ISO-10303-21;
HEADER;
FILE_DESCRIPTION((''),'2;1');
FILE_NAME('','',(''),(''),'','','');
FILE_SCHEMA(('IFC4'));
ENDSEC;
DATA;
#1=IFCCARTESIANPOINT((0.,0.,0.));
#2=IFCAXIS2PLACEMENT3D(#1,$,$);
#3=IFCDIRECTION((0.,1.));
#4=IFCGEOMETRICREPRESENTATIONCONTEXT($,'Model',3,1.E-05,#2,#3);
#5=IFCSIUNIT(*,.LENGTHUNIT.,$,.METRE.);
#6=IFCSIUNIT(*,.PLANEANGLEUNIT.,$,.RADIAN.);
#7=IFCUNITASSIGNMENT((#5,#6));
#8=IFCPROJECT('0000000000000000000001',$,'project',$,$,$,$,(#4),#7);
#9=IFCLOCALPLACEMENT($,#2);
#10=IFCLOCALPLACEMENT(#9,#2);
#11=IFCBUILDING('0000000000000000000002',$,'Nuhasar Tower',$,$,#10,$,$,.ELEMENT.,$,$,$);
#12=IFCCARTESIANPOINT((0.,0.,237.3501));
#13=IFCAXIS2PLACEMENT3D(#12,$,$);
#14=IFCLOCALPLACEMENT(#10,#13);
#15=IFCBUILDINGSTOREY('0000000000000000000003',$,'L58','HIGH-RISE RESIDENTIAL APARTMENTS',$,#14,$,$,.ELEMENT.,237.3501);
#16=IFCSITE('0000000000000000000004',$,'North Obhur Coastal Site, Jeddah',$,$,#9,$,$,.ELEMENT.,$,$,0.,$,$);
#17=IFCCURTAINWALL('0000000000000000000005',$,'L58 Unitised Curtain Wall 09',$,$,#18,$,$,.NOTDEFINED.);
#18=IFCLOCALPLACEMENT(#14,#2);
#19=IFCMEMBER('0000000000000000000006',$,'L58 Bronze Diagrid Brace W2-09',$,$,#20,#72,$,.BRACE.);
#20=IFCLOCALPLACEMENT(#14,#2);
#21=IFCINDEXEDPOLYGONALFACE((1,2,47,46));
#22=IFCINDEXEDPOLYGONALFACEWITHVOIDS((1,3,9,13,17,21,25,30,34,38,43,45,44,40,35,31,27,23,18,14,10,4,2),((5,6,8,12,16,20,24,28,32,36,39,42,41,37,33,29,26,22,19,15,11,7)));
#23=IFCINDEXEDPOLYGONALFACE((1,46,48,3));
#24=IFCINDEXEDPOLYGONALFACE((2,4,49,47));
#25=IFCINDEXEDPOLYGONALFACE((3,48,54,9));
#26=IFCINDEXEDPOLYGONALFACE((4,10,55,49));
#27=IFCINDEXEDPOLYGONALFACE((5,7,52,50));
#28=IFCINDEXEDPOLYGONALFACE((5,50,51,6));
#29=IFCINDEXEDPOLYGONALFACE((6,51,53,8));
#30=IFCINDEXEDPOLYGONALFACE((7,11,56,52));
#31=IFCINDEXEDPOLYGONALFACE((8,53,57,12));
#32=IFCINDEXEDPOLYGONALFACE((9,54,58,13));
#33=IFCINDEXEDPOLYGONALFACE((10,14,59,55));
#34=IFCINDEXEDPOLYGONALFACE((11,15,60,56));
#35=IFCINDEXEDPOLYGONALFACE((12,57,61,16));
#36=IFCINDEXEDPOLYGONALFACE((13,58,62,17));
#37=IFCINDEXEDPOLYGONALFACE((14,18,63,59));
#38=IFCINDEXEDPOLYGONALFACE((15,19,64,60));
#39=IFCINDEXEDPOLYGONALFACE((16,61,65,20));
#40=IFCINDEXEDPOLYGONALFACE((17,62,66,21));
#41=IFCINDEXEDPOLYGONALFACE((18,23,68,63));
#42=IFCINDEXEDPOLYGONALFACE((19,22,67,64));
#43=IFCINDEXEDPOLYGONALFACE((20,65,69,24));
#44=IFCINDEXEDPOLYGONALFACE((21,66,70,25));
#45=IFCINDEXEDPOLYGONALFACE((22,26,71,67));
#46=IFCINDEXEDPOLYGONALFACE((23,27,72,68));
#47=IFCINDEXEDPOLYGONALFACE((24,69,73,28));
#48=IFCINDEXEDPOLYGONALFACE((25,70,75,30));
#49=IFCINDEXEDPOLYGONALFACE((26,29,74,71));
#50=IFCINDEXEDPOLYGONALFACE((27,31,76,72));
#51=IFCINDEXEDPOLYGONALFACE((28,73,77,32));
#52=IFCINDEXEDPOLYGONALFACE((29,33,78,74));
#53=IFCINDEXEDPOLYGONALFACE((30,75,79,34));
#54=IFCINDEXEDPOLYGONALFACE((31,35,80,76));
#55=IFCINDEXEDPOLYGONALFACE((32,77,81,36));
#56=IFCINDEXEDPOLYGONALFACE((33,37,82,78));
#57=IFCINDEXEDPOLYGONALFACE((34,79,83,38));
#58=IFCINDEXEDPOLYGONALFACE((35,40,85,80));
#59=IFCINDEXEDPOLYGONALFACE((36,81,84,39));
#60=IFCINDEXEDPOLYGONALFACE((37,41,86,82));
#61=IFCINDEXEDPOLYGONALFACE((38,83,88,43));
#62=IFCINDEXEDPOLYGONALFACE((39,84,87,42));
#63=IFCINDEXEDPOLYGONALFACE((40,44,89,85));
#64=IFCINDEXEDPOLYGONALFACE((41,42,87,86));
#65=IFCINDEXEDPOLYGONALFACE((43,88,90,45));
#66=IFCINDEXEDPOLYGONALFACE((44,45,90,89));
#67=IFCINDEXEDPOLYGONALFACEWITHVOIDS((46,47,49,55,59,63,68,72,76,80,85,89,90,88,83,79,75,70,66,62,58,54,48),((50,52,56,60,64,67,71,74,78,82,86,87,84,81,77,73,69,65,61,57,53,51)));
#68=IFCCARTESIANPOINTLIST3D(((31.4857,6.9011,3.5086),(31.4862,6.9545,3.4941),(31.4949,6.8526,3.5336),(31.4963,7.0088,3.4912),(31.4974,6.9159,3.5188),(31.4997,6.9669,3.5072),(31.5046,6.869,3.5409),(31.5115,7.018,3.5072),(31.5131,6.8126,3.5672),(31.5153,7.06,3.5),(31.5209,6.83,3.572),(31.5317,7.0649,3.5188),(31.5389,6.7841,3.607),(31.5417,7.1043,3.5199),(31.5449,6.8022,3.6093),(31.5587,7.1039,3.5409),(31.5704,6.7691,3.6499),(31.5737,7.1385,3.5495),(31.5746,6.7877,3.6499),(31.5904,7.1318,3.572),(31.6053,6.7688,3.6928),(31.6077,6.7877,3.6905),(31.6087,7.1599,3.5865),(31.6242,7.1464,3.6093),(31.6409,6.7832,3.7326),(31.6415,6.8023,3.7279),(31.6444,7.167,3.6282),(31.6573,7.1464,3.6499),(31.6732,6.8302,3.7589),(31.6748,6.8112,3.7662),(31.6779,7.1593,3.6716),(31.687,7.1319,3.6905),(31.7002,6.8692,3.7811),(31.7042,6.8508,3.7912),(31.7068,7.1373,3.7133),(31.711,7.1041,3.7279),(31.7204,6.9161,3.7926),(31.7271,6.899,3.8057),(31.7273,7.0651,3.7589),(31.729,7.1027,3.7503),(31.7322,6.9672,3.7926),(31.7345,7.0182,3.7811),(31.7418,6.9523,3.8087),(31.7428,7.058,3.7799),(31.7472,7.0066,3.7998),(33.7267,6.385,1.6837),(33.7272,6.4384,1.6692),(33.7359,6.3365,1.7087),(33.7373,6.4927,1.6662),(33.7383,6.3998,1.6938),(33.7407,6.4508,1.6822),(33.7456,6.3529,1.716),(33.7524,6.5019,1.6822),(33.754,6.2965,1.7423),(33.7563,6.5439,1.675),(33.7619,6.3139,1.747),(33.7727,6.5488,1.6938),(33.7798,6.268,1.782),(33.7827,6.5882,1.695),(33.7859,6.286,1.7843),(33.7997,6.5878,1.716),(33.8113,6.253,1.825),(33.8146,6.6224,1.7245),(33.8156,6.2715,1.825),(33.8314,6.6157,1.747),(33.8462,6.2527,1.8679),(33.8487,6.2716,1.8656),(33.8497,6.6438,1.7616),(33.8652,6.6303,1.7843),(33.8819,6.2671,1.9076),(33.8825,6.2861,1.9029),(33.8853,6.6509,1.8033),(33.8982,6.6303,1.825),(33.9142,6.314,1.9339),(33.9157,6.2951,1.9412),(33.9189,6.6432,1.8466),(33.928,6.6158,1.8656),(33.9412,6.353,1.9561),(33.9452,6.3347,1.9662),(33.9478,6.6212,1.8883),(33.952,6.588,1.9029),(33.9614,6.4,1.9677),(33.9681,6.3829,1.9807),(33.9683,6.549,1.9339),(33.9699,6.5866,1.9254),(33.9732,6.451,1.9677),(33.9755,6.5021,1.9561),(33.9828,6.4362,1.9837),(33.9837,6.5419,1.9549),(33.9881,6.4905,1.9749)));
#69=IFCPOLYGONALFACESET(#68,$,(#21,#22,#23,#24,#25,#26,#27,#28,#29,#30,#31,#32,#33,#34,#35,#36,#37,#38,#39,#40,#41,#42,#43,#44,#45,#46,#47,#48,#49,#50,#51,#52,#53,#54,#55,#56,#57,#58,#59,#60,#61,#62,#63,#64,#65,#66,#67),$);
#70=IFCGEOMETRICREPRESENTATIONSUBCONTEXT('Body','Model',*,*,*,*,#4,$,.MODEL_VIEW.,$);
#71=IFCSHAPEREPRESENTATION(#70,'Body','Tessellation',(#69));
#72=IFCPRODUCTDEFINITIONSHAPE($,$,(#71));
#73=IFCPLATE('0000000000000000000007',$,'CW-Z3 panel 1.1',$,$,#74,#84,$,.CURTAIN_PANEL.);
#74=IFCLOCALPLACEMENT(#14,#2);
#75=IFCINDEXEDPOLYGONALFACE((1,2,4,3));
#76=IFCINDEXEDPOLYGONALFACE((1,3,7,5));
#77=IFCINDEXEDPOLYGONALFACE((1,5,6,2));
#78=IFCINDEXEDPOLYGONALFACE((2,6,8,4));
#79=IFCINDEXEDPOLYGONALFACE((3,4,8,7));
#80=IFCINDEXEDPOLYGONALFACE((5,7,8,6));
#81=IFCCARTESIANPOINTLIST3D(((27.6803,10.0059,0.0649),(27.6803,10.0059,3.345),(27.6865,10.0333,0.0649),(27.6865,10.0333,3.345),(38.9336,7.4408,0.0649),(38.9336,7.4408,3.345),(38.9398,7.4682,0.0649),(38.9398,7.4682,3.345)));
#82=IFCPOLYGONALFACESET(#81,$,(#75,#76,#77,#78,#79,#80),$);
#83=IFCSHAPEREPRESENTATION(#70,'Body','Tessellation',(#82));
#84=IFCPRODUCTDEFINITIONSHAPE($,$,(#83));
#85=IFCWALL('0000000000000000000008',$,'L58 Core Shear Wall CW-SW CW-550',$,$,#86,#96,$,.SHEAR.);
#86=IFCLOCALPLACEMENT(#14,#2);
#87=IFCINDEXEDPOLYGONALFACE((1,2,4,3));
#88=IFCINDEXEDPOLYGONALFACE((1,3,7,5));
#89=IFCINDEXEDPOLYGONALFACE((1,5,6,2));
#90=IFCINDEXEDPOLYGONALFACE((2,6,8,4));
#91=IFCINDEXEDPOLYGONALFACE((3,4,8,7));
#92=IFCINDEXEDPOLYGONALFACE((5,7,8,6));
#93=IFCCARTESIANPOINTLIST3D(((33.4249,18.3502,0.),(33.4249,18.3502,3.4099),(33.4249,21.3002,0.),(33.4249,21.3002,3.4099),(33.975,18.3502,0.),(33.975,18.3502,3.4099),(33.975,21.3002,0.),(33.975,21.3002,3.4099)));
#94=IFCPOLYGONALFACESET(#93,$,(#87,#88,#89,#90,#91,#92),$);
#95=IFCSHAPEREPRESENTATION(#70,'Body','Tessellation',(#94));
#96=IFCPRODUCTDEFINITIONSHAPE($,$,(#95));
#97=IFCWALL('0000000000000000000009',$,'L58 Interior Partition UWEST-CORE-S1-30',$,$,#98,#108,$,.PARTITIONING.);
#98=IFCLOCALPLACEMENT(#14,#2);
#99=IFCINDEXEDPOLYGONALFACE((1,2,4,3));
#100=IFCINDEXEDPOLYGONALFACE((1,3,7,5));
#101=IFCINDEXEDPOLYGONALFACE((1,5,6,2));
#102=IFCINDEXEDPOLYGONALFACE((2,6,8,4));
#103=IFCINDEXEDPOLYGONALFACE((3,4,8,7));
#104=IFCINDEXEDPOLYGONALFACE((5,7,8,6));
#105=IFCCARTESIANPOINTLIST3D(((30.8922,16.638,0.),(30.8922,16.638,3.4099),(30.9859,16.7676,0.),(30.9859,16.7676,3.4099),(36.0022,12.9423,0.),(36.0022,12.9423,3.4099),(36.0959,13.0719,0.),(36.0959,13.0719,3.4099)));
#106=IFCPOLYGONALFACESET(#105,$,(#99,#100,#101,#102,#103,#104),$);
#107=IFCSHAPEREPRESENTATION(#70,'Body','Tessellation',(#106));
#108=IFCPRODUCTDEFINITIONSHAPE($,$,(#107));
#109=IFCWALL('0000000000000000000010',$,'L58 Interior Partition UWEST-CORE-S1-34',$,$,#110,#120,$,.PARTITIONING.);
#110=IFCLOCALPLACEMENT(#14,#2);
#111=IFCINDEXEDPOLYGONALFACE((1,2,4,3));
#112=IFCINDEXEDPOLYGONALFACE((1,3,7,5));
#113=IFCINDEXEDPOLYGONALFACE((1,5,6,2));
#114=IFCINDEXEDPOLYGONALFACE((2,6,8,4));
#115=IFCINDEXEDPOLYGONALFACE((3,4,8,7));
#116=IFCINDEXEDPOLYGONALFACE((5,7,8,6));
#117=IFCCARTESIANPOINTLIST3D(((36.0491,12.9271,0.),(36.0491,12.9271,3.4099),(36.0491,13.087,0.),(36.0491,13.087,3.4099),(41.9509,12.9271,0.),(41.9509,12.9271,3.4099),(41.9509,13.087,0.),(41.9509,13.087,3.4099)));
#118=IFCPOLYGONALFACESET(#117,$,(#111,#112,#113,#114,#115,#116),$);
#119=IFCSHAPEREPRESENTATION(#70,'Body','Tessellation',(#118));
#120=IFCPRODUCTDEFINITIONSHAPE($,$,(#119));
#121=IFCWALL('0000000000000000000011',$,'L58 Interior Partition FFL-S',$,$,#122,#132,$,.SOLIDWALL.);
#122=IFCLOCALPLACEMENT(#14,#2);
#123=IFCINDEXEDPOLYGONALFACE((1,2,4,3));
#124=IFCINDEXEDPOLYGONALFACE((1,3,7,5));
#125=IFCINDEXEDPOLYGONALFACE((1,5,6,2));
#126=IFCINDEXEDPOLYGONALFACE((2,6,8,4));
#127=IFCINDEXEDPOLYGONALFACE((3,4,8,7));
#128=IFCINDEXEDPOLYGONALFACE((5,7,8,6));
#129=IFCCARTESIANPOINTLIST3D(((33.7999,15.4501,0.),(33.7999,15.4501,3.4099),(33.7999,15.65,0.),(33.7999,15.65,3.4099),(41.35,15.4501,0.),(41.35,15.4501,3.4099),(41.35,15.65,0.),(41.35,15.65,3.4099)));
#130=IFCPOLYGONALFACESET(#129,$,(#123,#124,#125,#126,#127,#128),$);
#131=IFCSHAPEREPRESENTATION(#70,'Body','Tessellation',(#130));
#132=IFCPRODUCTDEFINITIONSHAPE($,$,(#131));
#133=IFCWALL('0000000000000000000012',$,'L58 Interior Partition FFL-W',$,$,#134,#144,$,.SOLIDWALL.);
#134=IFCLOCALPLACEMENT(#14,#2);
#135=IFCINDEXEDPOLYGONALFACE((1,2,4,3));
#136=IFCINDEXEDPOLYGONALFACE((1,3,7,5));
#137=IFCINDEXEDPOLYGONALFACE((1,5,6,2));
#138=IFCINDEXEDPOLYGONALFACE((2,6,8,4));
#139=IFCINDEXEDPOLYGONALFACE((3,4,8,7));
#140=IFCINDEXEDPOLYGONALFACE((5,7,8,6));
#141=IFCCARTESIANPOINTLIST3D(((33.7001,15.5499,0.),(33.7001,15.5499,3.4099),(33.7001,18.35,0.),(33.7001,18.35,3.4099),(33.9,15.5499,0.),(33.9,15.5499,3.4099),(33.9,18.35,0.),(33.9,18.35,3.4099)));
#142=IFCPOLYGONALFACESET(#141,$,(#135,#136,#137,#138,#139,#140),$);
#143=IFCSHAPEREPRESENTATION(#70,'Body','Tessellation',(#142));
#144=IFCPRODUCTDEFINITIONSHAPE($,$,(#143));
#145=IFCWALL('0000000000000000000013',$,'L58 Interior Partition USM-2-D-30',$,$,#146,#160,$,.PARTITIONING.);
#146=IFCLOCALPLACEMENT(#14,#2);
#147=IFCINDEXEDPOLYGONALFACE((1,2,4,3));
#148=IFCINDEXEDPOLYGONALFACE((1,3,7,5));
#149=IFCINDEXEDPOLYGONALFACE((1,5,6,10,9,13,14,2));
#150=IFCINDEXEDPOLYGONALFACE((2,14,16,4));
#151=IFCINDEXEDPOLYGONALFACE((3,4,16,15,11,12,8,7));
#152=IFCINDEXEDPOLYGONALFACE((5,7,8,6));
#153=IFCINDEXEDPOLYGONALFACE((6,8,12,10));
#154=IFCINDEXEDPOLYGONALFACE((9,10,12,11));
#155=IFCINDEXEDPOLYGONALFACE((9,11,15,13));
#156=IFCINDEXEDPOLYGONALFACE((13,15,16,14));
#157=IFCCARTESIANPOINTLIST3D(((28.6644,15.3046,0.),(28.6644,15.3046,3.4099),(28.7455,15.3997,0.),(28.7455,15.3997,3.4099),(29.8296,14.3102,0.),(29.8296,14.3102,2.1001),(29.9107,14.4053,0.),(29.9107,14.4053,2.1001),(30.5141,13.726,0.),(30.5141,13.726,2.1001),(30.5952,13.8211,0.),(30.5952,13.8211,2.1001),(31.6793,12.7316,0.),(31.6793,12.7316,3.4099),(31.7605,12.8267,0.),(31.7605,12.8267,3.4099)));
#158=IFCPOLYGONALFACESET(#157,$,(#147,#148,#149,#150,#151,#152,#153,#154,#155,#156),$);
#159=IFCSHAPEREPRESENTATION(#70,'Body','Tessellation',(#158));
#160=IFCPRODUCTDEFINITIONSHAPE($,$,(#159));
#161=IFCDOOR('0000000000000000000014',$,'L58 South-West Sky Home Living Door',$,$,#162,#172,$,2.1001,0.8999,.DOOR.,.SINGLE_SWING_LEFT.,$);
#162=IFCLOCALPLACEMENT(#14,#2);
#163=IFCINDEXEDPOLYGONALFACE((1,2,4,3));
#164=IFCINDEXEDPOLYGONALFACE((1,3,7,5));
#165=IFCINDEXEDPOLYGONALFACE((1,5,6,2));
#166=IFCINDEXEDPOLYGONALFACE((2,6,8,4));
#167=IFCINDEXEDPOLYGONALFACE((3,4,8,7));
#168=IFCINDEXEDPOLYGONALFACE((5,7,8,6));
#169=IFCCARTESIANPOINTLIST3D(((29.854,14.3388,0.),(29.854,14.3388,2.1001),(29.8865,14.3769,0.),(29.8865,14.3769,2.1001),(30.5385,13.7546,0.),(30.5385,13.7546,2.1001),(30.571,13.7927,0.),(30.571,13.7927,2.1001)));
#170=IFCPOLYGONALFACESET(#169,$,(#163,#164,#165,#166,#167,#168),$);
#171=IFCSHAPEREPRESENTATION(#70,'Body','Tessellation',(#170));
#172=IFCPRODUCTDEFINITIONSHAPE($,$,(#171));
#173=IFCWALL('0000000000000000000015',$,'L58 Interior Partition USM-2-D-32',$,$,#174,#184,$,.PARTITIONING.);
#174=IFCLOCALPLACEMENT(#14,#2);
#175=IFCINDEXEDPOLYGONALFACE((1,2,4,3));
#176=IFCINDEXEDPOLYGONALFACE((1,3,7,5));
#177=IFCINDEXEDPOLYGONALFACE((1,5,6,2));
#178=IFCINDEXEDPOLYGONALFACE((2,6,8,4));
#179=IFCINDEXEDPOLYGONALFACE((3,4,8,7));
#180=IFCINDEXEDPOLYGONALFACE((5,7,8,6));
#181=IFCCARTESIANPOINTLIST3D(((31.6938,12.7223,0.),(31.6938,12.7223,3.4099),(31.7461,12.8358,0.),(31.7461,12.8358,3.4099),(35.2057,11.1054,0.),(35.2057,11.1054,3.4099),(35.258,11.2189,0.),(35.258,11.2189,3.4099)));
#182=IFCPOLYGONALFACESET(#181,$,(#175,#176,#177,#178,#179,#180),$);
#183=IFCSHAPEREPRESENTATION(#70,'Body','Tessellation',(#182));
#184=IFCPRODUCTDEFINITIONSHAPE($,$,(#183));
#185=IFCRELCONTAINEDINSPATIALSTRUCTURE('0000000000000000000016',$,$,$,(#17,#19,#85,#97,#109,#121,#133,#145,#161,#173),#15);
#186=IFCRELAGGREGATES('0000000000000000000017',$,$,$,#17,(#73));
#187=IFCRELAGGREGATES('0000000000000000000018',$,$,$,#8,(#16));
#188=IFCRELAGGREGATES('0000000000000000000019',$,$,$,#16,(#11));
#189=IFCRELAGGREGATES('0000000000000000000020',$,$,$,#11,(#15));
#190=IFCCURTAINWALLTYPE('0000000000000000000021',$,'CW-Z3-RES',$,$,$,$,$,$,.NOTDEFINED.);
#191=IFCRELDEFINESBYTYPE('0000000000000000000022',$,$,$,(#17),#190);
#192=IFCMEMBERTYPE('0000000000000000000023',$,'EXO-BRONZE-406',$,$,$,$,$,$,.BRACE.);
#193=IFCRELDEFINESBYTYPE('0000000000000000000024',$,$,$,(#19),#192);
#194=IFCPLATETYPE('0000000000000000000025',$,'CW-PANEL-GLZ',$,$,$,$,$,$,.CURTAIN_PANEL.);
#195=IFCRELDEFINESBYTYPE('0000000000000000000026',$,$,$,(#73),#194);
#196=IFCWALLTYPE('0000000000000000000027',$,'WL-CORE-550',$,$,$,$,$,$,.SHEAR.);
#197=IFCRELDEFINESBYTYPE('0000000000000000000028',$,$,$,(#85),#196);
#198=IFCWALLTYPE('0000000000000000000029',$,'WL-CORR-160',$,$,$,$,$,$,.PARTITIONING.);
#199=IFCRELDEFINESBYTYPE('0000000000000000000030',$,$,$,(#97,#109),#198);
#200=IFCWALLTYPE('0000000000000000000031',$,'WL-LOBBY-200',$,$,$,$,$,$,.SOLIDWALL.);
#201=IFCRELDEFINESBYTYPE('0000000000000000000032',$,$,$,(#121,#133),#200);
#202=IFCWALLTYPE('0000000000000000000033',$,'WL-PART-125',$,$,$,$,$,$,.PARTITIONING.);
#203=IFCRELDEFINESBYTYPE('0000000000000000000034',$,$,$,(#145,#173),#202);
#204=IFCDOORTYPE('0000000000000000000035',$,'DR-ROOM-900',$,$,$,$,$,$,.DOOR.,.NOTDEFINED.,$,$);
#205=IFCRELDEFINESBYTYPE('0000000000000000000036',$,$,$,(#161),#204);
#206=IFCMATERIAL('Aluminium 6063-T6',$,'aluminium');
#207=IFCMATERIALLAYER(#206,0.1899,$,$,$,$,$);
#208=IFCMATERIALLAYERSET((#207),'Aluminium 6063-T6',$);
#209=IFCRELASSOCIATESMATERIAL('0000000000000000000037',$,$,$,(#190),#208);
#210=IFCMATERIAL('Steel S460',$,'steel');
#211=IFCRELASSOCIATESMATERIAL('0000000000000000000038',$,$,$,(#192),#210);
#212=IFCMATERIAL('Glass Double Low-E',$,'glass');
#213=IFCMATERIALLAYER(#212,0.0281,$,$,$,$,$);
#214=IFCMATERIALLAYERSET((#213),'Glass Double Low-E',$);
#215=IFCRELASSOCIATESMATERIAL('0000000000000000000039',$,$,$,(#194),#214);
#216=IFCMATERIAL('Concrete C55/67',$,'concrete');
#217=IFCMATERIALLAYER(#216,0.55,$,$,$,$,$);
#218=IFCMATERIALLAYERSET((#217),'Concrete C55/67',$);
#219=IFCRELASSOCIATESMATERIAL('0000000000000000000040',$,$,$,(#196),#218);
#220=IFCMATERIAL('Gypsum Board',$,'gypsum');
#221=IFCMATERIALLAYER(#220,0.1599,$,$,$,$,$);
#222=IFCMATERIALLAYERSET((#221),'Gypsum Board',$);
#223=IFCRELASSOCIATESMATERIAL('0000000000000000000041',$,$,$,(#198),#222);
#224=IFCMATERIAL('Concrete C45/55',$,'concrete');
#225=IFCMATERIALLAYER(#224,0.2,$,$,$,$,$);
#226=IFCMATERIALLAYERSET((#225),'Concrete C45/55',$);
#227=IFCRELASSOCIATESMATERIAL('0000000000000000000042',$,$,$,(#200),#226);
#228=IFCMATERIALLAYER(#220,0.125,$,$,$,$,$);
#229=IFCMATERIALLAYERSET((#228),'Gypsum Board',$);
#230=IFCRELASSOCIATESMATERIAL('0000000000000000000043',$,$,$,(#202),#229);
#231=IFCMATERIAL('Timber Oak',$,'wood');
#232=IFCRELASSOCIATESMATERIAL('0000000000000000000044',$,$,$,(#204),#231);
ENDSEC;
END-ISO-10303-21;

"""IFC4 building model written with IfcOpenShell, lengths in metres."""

from ifc_helpers import new_model, si_unit, direction, frame, frame_2d, origin, origin_2d, place, context, subcontext, project, spatial, rectangle, hollow_circle, extrude, material, layer, layer_set, material_profile, profile_set, type_object, element, fill, aggregate, save


model = new_model("IFC4")

# Units and contexts
model_context = context("Model", 3, precision=1e-05, world=origin(), true_north=direction((0.0, 1.0)))
body_context = subcontext(model_context, "Body", "Model", "MODEL_VIEW")
ifc_project = project(units=[si_unit("LENGTHUNIT", "METRE"), si_unit("PLANEANGLEUNIT", "RADIAN")], contexts=[model_context])

# Site, building, storey
site_placement = place(None, origin())
site = spatial("IfcSite", under=ifc_project, at=site_placement, Name="North Obhur Coastal Site, Jeddah", CompositionType="ELEMENT", RefElevation=0.0)
building_placement = place(site_placement, origin())
building = spatial("IfcBuilding", under=site, at=building_placement, Name="Nuhasar Tower", CompositionType="ELEMENT")
storey_placement = place(building_placement, frame((0.0, 0.0, 237.3501)))
storey = spatial("IfcBuildingStorey", under=building, at=storey_placement, Name="L58", Description="HIGH-RISE RESIDENTIAL APARTMENTS", CompositionType="ELEMENT", Elevation=237.3501)

# Shared definitions
ifc_material_1 = material(Name="Concrete C55/67", Category="concrete")

# Curtain wall
ifc_material_2 = material(Name="Aluminium 6063-T6", Category="aluminium")
ifc_layer_1 = layer(ifc_material_2, 0.1899)
ifc_layer_set_1 = layer_set([ifc_layer_1], Name="Aluminium 6063-T6")
curtain_wall_type = type_object("IfcCurtainWallType", Name="CW-Z3-RES", PredefinedType="NOTDEFINED", material=ifc_layer_set_1)
curtain_wall_placement = place(storey_placement, origin())
curtain_wall = element("IfcCurtainWall", 1, at=curtain_wall_placement, inside=storey, type_object=curtain_wall_type, Name="L58 Unitised Curtain Wall 09", PredefinedType="NOTDEFINED")

# Member
ifc_material_3 = material(Name="Steel S460", Category="steel")
ifc_material_profile_1 = material_profile(ifc_material_3, hollow_circle(Radius=0.2031, WallThickness=0.019, at=origin_2d()), Name="HSS406.4X19.1")
ifc_profile_set_1 = profile_set([ifc_material_profile_1], Name="Steel S460")
member_type_1 = type_object("IfcMemberType", Name="EXO-BRONZE-406", PredefinedType="BRACE", material=ifc_profile_set_1)
for number, where, z_axis, x_axis, name in (
    (2, (33.8569, 6.4509, 1.825), (-0.763332, 0.175802, 0.621626), (-0.224433, -0.97449, 0.0), "L58 Bronze Diagrid Brace W2-09"),
):
    element("IfcMember", number, at=place(storey_placement, frame(where, z_axis=z_axis, x_axis=x_axis)), inside=storey, type_object=member_type_1, Name=name, PredefinedType="BRACE", context=body_context, shape_type="SweptSolid", body=[
        extrude(hollow_circle(Radius=0.2031, WallThickness=0.019, at=origin_2d()), origin(), (0.0, 0.0, 1.0), 2.9358),
    ])

# Plate
ifc_material_4 = material(Name="Glass Double Low-E", Category="glass")
ifc_layer_2 = layer(ifc_material_4, 0.0281)
ifc_layer_set_2 = layer_set([ifc_layer_2], Name="Glass Double Low-E")
plate_type = type_object("IfcPlateType", Name="CW-PANEL-GLZ", PredefinedType="CURTAIN_PANEL", material=ifc_layer_set_2)
plate_placement = place(storey_placement, frame((33.3101, 8.7371, 0.0649), z_axis=(0.0, 0.0, 1.0), x_axis=(0.974991, -0.222243, 0.0)))
plate = element("IfcPlate", 3, at=plate_placement, type_object=plate_type, Name="CW-Z3 panel 1.1", PredefinedType="CURTAIN_PANEL", context=body_context, shape_type="SweptSolid", body=[
    extrude(rectangle(XDim=11.542, YDim=0.0281, at=origin_2d()), origin(), (0.0, 0.0, 1.0), 3.28),
])
aggregate(curtain_wall, [plate])

# Walls
ifc_layer_3 = layer(ifc_material_1, 0.55)
ifc_layer_set_3 = layer_set([ifc_layer_3], Name="Concrete C55/67")
wall_type_1 = type_object("IfcWallType", Name="WL-CORE-550", PredefinedType="SHEAR", material=ifc_layer_set_3)
wall_1_placement = place(storey_placement, frame((33.7, 18.3501, 0.0), z_axis=(0.0, 0.0, 1.0), x_axis=(0.0, 1.0, 0.0)))
element("IfcWall", 4, at=wall_1_placement, inside=storey, type_object=wall_type_1, Name="L58 Core Shear Wall CW-SW CW-550", PredefinedType="SHEAR", context=body_context, shape_type="SweptSolid", body=[
    extrude(rectangle(XDim=2.95, YDim=0.55, at=frame_2d((1.4751, 0.0))), origin(), (0.0, 0.0, 1.0), 3.4099),
])
ifc_material_5 = material(Name="Gypsum Board", Category="gypsum")
ifc_layer_4 = layer(ifc_material_5, 0.1599)
ifc_layer_set_4 = layer_set([ifc_layer_4], Name="Gypsum Board")
wall_type_2 = type_object("IfcWallType", Name="WL-CORR-160", PredefinedType="PARTITIONING", material=ifc_layer_set_4)
wall_2_placement = place(storey_placement, frame((30.939, 16.7029, 0.0), z_axis=(0.0, 0.0, 1.0), x_axis=(0.81029, -0.586029, 0.0)))
element("IfcWall", 5, at=wall_2_placement, inside=storey, type_object=wall_type_2, Name="L58 Interior Partition UWEST-CORE-S1-30", PredefinedType="PARTITIONING", context=body_context, shape_type="SweptSolid", body=[
    extrude(rectangle(XDim=6.3064, YDim=0.1599, at=frame_2d((3.1533, 0.0))), origin(), (0.0, 0.0, 1.0), 3.4099),
])
wall_3_placement = place(storey_placement, frame((36.0491, 13.0071, 0.0), z_axis=(0.0, 0.0, 1.0), x_axis=(1.0, 0.0, 0.0)))
element("IfcWall", 6, at=wall_3_placement, inside=storey, type_object=wall_type_2, Name="L58 Interior Partition UWEST-CORE-S1-34", PredefinedType="PARTITIONING", context=body_context, shape_type="SweptSolid", body=[
    extrude(rectangle(XDim=5.9019, YDim=0.1599, at=frame_2d((2.9509, 0.0))), origin(), (0.0, 0.0, 1.0), 3.4099),
])
ifc_material_6 = material(Name="Concrete C45/55", Category="concrete")
ifc_layer_5 = layer(ifc_material_6, 0.2)
ifc_layer_set_5 = layer_set([ifc_layer_5], Name="Concrete C45/55")
wall_type_3 = type_object("IfcWallType", Name="WL-LOBBY-200", PredefinedType="SOLIDWALL", material=ifc_layer_set_5)
wall_4_placement = place(storey_placement, frame((33.8, 15.55, 0.0), z_axis=(0.0, 0.0, 1.0), x_axis=(1.0, 0.0, 0.0)))
element("IfcWall", 7, at=wall_4_placement, inside=storey, type_object=wall_type_3, Name="L58 Interior Partition FFL-S", PredefinedType="SOLIDWALL", context=body_context, shape_type="SweptSolid", body=[
    extrude(rectangle(XDim=7.55, YDim=0.2, at=frame_2d((3.7749, 0.0))), origin(), (0.0, 0.0, 1.0), 3.4099),
])
wall_5_placement = place(storey_placement, frame((33.8, 15.55, 0.0), z_axis=(0.0, 0.0, 1.0), x_axis=(0.0, 1.0, 0.0)))
element("IfcWall", 8, at=wall_5_placement, inside=storey, type_object=wall_type_3, Name="L58 Interior Partition FFL-W", PredefinedType="SOLIDWALL", context=body_context, shape_type="SweptSolid", body=[
    extrude(rectangle(XDim=2.8, YDim=0.2, at=frame_2d((1.3999, 0.0))), origin(), (0.0, 0.0, 1.0), 3.4099),
])

# Wall, opening, door
ifc_layer_6 = layer(ifc_material_5, 0.125)
ifc_layer_set_6 = layer_set([ifc_layer_6], Name="Gypsum Board")
wall_type_4 = type_object("IfcWallType", Name="WL-PART-125", PredefinedType="PARTITIONING", material=ifc_layer_set_6)
wall_6_placement = place(storey_placement, frame((31.72, 12.7791, 0.0), z_axis=(0.0, 0.0, 1.0), x_axis=(-0.760651, 0.649162, 0.0)))
wall_6 = element("IfcWall", 9, at=wall_6_placement, inside=storey, type_object=wall_type_4, Name="L58 Interior Partition USM-2-D-30", PredefinedType="PARTITIONING", context=body_context, shape_type="SweptSolid", body=[
    extrude(rectangle(XDim=3.9636, YDim=0.125, at=frame_2d((1.9819, 0.0))), origin(), (0.0, 0.0, 1.0), 3.4099),
])
opening_1_placement = place(wall_6_placement, frame((1.532, 0.0, 0.0)))
opening_1 = element("IfcOpeningElement", 10, at=opening_1_placement, cuts=wall_6, PredefinedType="OPENING", context=body_context, shape_type="SweptSolid", body=[
    extrude(rectangle(XDim=0.8999, YDim=2.1001, at=frame_2d((0.45, 1.05))), frame((0.0, 0.0725, 0.0), z_axis=(0.0, -1.0, 0.0), x_axis=(1.0, 0.0, 0.0)), (0.0, 0.0, 1.0), 0.145),
])
ifc_material_7 = material(Name="Timber Oak", Category="wood")
door_type_1 = type_object("IfcDoorType", Name="DR-ROOM-900", OperationType="NOTDEFINED", PredefinedType="DOOR", material=ifc_material_7)
door_1_placement = place(opening_1_placement, origin())
door_1 = element("IfcDoor", 11, at=door_1_placement, inside=storey, type_object=door_type_1, Name="L58 South-West Sky Home Living Door", OperationType="SINGLE_SWING_LEFT", OverallHeight=2.1001, OverallWidth=0.8999, PredefinedType="DOOR", context=body_context, shape_type="SweptSolid", body=[
    extrude(rectangle(XDim=0.8999, YDim=2.1001, at=frame_2d((0.45, 1.05))), frame((0.0, 0.0249, 0.0), z_axis=(0.0, -1.0, 0.0), x_axis=(1.0, 0.0, 0.0)), (0.0, 0.0, 1.0), 0.05),
])
fill(opening_1, door_1)

# Wall
wall_7_placement = place(storey_placement, frame((31.72, 12.7791, 0.0), z_axis=(0.0, 0.0, 1.0), x_axis=(0.908349, -0.418213, 0.0)))
element("IfcWall", 12, at=wall_7_placement, inside=storey, type_object=wall_type_4, Name="L58 Interior Partition USM-2-D-32", PredefinedType="PARTITIONING", context=body_context, shape_type="SweptSolid", body=[
    extrude(rectangle(XDim=3.8662, YDim=0.125, at=frame_2d((1.9331, 0.0))), origin(), (0.0, 0.0, 1.0), 3.4099),
])

save(model, "model.ifc")
